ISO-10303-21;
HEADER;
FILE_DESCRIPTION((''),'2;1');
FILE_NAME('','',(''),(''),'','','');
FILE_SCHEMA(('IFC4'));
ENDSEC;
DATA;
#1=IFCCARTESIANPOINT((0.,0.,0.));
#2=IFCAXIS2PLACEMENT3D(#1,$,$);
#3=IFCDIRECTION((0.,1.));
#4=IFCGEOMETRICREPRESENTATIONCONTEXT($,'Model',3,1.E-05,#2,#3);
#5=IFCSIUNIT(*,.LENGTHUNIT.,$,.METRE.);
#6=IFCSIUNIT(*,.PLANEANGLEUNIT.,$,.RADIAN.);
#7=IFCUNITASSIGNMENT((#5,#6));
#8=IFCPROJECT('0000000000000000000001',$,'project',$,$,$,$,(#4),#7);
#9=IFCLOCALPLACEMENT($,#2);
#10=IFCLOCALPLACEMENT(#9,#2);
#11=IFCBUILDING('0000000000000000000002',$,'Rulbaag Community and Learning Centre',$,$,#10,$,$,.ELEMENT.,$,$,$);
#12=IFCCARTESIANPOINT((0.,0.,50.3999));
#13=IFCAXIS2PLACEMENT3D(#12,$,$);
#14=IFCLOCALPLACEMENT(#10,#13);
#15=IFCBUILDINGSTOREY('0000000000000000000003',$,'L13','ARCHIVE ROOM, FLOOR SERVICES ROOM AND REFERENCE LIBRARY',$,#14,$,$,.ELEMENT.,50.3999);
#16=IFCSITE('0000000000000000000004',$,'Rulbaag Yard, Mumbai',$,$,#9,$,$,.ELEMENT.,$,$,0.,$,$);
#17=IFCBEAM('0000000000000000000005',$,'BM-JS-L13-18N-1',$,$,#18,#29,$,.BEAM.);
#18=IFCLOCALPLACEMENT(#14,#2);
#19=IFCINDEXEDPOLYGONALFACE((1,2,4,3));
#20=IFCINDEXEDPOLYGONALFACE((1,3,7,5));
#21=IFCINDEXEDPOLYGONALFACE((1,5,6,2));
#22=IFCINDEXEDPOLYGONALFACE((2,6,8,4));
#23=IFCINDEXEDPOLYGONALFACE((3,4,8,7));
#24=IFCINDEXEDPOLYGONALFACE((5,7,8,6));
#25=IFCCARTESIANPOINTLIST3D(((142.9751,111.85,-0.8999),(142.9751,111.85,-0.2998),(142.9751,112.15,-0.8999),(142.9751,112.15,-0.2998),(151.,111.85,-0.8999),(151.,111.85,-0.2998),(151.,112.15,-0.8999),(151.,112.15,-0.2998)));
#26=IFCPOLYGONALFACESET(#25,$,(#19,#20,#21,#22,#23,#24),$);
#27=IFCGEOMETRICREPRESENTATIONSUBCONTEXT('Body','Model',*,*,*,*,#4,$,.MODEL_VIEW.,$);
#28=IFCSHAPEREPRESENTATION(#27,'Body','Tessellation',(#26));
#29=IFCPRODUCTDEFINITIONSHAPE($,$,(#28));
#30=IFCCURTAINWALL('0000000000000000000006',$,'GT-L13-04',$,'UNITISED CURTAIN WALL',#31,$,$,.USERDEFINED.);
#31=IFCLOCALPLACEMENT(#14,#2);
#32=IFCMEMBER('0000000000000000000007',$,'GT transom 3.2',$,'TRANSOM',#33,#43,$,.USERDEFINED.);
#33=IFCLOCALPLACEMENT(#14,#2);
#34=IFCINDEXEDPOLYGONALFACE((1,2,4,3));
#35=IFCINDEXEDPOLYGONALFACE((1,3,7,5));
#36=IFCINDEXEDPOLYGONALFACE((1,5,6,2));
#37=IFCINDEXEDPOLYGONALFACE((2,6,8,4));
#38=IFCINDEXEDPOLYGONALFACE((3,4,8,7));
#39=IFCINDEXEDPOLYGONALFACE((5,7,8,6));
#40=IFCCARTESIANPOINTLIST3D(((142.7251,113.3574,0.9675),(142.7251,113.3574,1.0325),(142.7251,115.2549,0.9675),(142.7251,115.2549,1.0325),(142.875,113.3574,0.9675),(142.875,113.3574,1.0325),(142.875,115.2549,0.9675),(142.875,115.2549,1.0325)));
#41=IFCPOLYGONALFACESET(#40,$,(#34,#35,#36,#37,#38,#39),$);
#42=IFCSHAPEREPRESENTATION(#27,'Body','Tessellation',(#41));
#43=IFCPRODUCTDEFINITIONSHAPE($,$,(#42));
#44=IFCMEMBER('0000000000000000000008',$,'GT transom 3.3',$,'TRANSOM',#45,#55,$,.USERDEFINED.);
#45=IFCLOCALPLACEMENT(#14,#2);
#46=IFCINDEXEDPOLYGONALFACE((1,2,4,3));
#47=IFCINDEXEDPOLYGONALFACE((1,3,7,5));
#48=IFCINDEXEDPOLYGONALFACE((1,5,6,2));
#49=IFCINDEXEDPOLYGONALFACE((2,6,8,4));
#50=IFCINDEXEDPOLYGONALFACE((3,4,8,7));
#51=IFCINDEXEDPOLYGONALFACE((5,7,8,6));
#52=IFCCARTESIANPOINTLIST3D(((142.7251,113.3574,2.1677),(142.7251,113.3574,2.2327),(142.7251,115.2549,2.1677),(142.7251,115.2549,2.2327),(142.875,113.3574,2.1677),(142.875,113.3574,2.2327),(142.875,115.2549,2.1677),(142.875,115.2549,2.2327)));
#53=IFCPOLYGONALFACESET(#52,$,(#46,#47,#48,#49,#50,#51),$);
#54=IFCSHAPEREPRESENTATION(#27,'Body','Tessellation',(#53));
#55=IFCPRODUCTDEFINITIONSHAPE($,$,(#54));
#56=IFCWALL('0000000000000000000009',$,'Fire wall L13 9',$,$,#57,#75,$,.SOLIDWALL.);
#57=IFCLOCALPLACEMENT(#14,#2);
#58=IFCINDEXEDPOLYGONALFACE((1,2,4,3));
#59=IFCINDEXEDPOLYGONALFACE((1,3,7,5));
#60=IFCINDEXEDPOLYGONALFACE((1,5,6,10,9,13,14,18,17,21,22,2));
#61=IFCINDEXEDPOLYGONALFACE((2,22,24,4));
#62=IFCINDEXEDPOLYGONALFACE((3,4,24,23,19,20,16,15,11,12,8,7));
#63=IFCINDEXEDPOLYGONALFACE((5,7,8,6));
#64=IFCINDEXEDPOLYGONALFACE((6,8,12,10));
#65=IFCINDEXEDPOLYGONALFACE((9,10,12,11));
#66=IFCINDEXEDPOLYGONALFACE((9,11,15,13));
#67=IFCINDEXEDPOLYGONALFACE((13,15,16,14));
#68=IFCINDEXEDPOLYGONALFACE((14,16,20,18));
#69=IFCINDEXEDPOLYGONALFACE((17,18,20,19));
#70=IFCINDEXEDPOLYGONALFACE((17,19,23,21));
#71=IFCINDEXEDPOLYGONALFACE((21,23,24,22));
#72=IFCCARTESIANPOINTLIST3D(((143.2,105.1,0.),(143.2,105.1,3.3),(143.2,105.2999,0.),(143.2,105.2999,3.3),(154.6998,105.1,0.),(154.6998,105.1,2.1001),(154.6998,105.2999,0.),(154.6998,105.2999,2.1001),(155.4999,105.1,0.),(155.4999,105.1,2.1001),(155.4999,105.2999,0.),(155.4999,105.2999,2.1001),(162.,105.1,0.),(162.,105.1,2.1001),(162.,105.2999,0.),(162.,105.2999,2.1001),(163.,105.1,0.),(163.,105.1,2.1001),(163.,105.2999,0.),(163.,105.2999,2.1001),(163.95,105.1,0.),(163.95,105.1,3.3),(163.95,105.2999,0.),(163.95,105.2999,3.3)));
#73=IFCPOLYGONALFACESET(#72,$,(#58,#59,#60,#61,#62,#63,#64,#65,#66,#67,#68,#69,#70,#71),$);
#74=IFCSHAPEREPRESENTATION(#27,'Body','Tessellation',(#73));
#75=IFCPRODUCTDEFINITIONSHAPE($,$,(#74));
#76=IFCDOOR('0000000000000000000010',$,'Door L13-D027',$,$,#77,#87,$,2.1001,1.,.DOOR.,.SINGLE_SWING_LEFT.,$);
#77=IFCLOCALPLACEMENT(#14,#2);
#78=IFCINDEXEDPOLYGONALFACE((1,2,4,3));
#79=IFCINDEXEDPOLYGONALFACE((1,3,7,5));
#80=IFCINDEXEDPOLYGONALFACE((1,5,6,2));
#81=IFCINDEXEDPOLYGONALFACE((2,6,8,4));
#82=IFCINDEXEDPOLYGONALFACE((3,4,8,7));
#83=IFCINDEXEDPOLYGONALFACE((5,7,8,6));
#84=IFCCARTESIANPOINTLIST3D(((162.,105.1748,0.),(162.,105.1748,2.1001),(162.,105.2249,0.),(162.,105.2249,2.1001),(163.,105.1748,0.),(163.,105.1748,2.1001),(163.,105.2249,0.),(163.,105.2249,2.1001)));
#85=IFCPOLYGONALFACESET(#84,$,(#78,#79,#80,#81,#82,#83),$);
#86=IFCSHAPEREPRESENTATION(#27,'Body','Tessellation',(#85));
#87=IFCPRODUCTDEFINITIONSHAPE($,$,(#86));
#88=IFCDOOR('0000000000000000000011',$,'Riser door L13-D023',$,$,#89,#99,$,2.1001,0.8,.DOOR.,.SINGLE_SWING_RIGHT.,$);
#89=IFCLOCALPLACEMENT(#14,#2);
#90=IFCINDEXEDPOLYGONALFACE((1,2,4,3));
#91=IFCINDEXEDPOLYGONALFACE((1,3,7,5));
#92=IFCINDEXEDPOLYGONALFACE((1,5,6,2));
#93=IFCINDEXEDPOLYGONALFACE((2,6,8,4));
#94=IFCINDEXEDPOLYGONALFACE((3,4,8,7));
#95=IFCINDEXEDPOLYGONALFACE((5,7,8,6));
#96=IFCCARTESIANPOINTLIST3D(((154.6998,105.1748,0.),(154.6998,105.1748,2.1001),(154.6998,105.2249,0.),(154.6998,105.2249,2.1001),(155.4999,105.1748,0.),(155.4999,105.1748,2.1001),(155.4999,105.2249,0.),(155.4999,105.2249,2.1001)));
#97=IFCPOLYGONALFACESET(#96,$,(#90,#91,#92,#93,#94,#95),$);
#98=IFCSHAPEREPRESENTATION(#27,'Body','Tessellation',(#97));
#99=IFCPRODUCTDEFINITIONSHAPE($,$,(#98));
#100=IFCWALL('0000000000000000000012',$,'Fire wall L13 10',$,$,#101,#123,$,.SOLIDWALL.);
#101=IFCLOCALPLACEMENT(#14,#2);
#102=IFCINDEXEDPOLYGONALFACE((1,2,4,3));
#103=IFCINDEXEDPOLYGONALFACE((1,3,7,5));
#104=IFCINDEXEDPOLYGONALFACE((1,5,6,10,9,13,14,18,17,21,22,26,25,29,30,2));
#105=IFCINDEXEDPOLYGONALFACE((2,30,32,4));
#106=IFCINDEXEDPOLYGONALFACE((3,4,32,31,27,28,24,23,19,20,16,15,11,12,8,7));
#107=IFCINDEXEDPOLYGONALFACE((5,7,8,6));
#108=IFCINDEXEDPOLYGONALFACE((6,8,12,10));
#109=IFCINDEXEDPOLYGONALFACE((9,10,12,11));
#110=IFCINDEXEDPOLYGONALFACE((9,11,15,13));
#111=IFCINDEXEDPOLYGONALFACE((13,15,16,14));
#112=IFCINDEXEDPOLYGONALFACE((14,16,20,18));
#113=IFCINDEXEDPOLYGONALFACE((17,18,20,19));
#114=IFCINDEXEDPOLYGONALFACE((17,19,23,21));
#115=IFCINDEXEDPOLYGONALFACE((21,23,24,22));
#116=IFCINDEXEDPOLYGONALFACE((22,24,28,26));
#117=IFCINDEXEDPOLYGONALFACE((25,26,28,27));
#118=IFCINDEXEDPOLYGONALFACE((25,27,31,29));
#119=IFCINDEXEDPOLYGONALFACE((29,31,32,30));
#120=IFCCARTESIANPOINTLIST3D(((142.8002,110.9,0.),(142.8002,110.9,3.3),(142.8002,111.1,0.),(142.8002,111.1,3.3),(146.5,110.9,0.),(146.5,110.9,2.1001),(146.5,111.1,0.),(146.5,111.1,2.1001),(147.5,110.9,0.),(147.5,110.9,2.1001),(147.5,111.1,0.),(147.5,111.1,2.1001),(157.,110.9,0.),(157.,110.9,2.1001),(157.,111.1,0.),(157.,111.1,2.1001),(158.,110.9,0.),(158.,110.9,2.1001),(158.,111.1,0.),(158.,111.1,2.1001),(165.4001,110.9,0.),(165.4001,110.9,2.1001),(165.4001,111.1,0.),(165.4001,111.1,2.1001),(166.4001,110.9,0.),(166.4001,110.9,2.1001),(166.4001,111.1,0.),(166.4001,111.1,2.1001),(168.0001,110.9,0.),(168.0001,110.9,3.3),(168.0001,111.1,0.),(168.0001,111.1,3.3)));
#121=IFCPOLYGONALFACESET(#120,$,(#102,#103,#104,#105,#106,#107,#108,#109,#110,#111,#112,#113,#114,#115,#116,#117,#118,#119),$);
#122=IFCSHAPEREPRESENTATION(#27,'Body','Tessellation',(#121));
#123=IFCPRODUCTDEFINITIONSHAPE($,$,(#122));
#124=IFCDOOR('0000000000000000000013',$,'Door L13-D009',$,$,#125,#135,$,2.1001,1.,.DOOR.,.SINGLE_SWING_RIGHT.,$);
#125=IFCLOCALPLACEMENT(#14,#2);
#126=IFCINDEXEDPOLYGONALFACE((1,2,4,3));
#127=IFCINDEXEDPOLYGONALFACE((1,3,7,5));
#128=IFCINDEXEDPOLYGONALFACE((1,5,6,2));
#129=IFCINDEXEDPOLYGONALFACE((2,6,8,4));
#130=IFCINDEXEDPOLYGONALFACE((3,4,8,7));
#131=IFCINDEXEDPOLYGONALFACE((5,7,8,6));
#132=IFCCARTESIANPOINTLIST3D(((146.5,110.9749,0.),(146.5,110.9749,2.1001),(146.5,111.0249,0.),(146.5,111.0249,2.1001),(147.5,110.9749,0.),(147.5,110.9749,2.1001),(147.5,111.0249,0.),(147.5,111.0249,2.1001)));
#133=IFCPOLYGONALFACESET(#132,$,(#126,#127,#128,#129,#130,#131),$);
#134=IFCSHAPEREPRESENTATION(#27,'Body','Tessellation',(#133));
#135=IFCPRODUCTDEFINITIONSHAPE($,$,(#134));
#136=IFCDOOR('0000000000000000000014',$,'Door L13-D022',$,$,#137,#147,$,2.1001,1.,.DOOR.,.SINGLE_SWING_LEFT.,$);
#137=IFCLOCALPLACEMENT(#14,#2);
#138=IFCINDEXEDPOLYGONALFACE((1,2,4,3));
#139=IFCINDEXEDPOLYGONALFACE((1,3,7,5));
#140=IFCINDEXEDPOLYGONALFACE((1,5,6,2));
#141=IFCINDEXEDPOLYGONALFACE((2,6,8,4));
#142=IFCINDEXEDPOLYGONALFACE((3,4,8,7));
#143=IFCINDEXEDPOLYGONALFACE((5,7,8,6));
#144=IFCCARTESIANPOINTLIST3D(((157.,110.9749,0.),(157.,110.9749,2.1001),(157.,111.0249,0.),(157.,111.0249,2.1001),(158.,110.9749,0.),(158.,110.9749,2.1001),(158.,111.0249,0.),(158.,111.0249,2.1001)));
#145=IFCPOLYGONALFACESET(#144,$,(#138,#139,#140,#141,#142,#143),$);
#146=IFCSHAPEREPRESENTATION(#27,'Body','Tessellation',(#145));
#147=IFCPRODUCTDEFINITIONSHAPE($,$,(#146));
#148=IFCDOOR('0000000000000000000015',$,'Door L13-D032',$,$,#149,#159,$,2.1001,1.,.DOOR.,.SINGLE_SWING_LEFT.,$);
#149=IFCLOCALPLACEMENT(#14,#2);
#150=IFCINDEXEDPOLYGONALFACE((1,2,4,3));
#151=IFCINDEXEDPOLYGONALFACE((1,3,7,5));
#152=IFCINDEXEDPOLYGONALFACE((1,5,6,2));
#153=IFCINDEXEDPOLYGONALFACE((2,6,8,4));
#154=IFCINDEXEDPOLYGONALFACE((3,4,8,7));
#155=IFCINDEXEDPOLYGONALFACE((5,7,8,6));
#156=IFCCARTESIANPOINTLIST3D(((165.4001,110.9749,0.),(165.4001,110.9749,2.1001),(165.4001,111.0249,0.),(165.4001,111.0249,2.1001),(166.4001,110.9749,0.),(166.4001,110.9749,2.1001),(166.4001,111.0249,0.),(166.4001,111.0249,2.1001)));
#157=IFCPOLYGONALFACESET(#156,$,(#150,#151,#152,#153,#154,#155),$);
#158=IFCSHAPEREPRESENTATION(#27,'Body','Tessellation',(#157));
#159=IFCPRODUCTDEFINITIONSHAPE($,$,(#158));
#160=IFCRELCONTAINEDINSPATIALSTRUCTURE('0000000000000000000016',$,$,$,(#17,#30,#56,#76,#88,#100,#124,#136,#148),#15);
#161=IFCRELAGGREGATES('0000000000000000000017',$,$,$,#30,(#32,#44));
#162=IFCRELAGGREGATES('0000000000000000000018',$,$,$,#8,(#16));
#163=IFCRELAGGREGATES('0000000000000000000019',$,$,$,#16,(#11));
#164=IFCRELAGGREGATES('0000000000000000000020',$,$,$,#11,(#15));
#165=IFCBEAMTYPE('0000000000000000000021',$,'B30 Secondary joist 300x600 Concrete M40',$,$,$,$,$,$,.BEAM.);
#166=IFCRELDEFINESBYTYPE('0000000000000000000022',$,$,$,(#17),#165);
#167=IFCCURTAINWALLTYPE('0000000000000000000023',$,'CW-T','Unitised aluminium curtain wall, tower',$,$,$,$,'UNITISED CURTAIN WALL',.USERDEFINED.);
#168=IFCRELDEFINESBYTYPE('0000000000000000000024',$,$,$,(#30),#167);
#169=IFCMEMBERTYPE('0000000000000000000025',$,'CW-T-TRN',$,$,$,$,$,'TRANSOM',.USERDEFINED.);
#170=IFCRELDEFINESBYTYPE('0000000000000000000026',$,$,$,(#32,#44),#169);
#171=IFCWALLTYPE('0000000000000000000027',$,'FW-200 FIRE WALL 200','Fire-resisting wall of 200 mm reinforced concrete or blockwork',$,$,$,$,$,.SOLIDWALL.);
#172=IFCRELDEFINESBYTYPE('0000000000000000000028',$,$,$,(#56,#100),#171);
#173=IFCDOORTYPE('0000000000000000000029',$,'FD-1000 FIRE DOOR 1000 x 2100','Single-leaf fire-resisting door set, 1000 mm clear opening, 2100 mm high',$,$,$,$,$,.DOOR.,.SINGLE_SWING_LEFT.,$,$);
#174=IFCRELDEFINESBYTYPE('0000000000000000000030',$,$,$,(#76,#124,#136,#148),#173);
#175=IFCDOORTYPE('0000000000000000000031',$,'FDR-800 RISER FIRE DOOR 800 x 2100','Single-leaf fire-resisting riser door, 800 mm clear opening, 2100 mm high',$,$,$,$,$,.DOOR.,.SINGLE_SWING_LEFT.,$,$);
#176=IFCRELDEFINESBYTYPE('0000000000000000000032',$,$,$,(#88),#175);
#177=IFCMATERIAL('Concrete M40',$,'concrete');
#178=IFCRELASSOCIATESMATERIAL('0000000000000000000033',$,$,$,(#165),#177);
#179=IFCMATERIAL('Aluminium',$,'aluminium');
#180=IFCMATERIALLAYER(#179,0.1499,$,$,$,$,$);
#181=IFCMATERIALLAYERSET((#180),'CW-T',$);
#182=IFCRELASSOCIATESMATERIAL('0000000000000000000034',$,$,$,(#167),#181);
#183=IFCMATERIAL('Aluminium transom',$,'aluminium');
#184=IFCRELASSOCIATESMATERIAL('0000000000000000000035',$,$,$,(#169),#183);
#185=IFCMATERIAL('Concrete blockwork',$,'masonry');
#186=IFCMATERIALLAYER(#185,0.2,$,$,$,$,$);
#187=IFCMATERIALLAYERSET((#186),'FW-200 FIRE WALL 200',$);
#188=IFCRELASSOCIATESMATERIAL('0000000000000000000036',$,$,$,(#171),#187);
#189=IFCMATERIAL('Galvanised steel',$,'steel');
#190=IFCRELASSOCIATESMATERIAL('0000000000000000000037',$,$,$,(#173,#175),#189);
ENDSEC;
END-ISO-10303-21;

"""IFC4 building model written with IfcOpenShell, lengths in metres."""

from ifc_helpers import new_model, si_unit, direction, frame, frame_2d, origin, origin_2d, place, context, subcontext, project, spatial, rectangle, extrude, material, layer, layer_set, material_profile, profile_set, type_object, element, fill, aggregate, save


model = new_model("IFC4")

# Units and contexts
model_context = context("Model", 3, precision=1e-05, world=origin(), true_north=direction((0.0, 1.0)))
body_context = subcontext(model_context, "Body", "Model", "MODEL_VIEW")
ifc_project = project(units=[si_unit("LENGTHUNIT", "METRE"), si_unit("PLANEANGLEUNIT", "RADIAN")], contexts=[model_context])

# Site, building, storey
site_placement = place(None, origin())
site = spatial("IfcSite", under=ifc_project, at=site_placement, Name="Rulbaag Yard, Mumbai", CompositionType="ELEMENT", RefElevation=0.0)
building_placement = place(site_placement, origin())
building = spatial("IfcBuilding", under=site, at=building_placement, Name="Rulbaag Community and Learning Centre", CompositionType="ELEMENT")
storey_placement = place(building_placement, frame((0.0, 0.0, 50.3999)))
storey = spatial("IfcBuildingStorey", under=building, at=storey_placement, Name="L13", Description="ARCHIVE ROOM, FLOOR SERVICES ROOM AND REFERENCE LIBRARY", CompositionType="ELEMENT", Elevation=50.3999)

# Beam
ifc_material_1 = material(Name="Concrete M40", Category="concrete")
ifc_material_profile_1 = material_profile(ifc_material_1, rectangle(XDim=0.3, YDim=0.6001, at=origin_2d()), Name="RB300x600")
ifc_profile_set_1 = profile_set([ifc_material_profile_1], Name="Concrete M40")
beam_type = type_object("IfcBeamType", Name="B30 Secondary joist 300x600 Concrete M40", PredefinedType="BEAM", material=ifc_profile_set_1)
beam_placement = place(storey_placement, frame((142.9751, 112.0, -0.5999), z_axis=(1.0, 0.0, 0.0), x_axis=(0.0, 1.0, 0.0)))
element("IfcBeam", 1, at=beam_placement, inside=storey, type_object=beam_type, Name="BM-JS-L13-18N-1", PredefinedType="BEAM", context=body_context, shape_type="SweptSolid", body=[
    extrude(rectangle(XDim=0.3, YDim=0.6001, at=origin_2d()), origin(), (0.0, 0.0, 1.0), 8.0249),
])

# Curtain wall, members
ifc_material_2 = material(Name="Aluminium", Category="aluminium")
ifc_layer_1 = layer(ifc_material_2, 0.1499)
ifc_layer_set_1 = layer_set([ifc_layer_1], Name="CW-T")
curtain_wall_type = type_object("IfcCurtainWallType", Name="CW-T", Description="Unitised aluminium curtain wall, tower", ElementType="UNITISED CURTAIN WALL", PredefinedType="USERDEFINED", material=ifc_layer_set_1)
curtain_wall_placement = place(storey_placement, origin())
curtain_wall = element("IfcCurtainWall", 2, at=curtain_wall_placement, inside=storey, type_object=curtain_wall_type, Name="GT-L13-04", ObjectType="UNITISED CURTAIN WALL", PredefinedType="USERDEFINED")
ifc_material_3 = material(Name="Aluminium transom", Category="aluminium")
ifc_material_profile_2 = material_profile(ifc_material_3, rectangle(XDim=0.1499, YDim=0.0649, at=origin_2d()), Name="AL 65x150 T")
ifc_profile_set_2 = profile_set([ifc_material_profile_2], Name="Aluminium transom")
member_type = type_object("IfcMemberType", Name="CW-T-TRN", ElementType="TRANSOM", PredefinedType="USERDEFINED", material=ifc_profile_set_2)
member_1_placement = place(storey_placement, frame((142.8, 113.3574, 1.0), z_axis=(0.0, 1.0, 0.0), x_axis=(-1.0, 0.0, 0.0)))
member_1 = element("IfcMember", 3, at=member_1_placement, type_object=member_type, Name="GT transom 3.2", ObjectType="TRANSOM", PredefinedType="USERDEFINED", context=body_context, shape_type="SweptSolid", body=[
    extrude(rectangle(XDim=0.1499, YDim=0.0649, at=origin_2d()), origin(), (0.0, 0.0, 1.0), 1.8975),
])
member_2_placement = place(storey_placement, frame((142.8, 113.3574, 2.2002), z_axis=(0.0, 1.0, 0.0), x_axis=(-1.0, 0.0, 0.0)))
member_2 = element("IfcMember", 4, at=member_2_placement, type_object=member_type, Name="GT transom 3.3", ObjectType="TRANSOM", PredefinedType="USERDEFINED", context=body_context, shape_type="SweptSolid", body=[
    extrude(rectangle(XDim=0.1499, YDim=0.0649, at=origin_2d()), origin(), (0.0, 0.0, 1.0), 1.8975),
])
aggregate(curtain_wall, [member_1, member_2])

# Walls, openings, doors
ifc_material_4 = material(Name="Concrete blockwork", Category="masonry")
ifc_layer_2 = layer(ifc_material_4, 0.2)
ifc_layer_set_2 = layer_set([ifc_layer_2], Name="FW-200 FIRE WALL 200")
wall_type_1 = type_object("IfcWallType", Name="FW-200 FIRE WALL 200", Description="Fire-resisting wall of 200 mm reinforced concrete or blockwork", PredefinedType="SOLIDWALL", material=ifc_layer_set_2)
wall_1_placement = place(storey_placement, frame((143.2, 105.2, 0.0), z_axis=(0.0, 0.0, 1.0), x_axis=(1.0, 0.0, 0.0)))
wall_1 = element("IfcWall", 5, at=wall_1_placement, inside=storey, type_object=wall_type_1, Name="Fire wall L13 9", PredefinedType="SOLIDWALL", context=body_context, shape_type="SweptSolid", body=[
    extrude(rectangle(XDim=20.75, YDim=0.2, at=frame_2d((10.375, 0.0))), origin(), (0.0, 0.0, 1.0), 3.3),
])
opening_1_placement = place(wall_1_placement, frame((11.5, 0.0, 0.0)))
opening_1 = element("IfcOpeningElement", 6, at=opening_1_placement, cuts=wall_1, PredefinedType="OPENING", context=body_context, shape_type="SweptSolid", body=[
    extrude(rectangle(XDim=0.8, YDim=2.1001, at=frame_2d((0.3999, 1.05))), frame((0.0, 0.1099, 0.0), z_axis=(0.0, -1.0, 0.0), x_axis=(1.0, 0.0, 0.0)), (0.0, 0.0, 1.0), 0.22),
])
opening_2_placement = place(wall_1_placement, frame((18.8, 0.0, 0.0)))
opening_2 = element("IfcOpeningElement", 7, at=opening_2_placement, cuts=wall_1, PredefinedType="OPENING", context=body_context, shape_type="SweptSolid", body=[
    extrude(rectangle(XDim=1.0, YDim=2.1001, at=frame_2d((0.5, 1.05))), frame((0.0, 0.1099, 0.0), z_axis=(0.0, -1.0, 0.0), x_axis=(1.0, 0.0, 0.0)), (0.0, 0.0, 1.0), 0.22),
])
ifc_material_5 = material(Name="Galvanised steel", Category="steel")
door_type_1 = type_object("IfcDoorType", Name="FD-1000 FIRE DOOR 1000 x 2100", Description="Single-leaf fire-resisting door set, 1000 mm clear opening, 2100 mm high", OperationType="SINGLE_SWING_LEFT", PredefinedType="DOOR", material=ifc_material_5)
door_1_placement = place(opening_2_placement, origin())
door_1 = element("IfcDoor", 8, at=door_1_placement, inside=storey, type_object=door_type_1, Name="Door L13-D027", OperationType="SINGLE_SWING_LEFT", OverallHeight=2.1001, OverallWidth=1.0, PredefinedType="DOOR", context=body_context, shape_type="SweptSolid", body=[
    extrude(rectangle(XDim=1.0, YDim=2.1001, at=frame_2d((0.5, 1.05))), frame((0.0, 0.0249, 0.0), z_axis=(0.0, -1.0, 0.0), x_axis=(1.0, 0.0, 0.0)), (0.0, 0.0, 1.0), 0.05),
])
fill(opening_2, door_1)
door_type_2 = type_object("IfcDoorType", Name="FDR-800 RISER FIRE DOOR 800 x 2100", Description="Single-leaf fire-resisting riser door, 800 mm clear opening, 2100 mm high", OperationType="SINGLE_SWING_LEFT", PredefinedType="DOOR", material=ifc_material_5)
door_2_placement = place(opening_1_placement, origin())
door_2 = element("IfcDoor", 9, at=door_2_placement, inside=storey, type_object=door_type_2, Name="Riser door L13-D023", OperationType="SINGLE_SWING_RIGHT", OverallHeight=2.1001, OverallWidth=0.8, PredefinedType="DOOR", context=body_context, shape_type="SweptSolid", body=[
    extrude(rectangle(XDim=0.8, YDim=2.1001, at=frame_2d((0.3999, 1.05))), frame((0.0, 0.0249, 0.0), z_axis=(0.0, -1.0, 0.0), x_axis=(1.0, 0.0, 0.0)), (0.0, 0.0, 1.0), 0.05),
])
fill(opening_1, door_2)
wall_2_placement = place(storey_placement, frame((142.8, 111.0, 0.0), z_axis=(0.0, 0.0, 1.0), x_axis=(1.0, 0.0, 0.0)))
wall_2 = element("IfcWall", 10, at=wall_2_placement, inside=storey, type_object=wall_type_1, Name="Fire wall L13 10", PredefinedType="SOLIDWALL", context=body_context, shape_type="SweptSolid", body=[
    extrude(rectangle(XDim=25.2, YDim=0.2, at=frame_2d((12.6001, 0.0))), origin(), (0.0, 0.0, 1.0), 3.3),
])
opening_3_placement = place(wall_2_placement, frame((3.7, 0.0, 0.0)))
opening_3 = element("IfcOpeningElement", 11, at=opening_3_placement, cuts=wall_2, PredefinedType="OPENING", context=body_context, shape_type="SweptSolid", body=[
    extrude(rectangle(XDim=1.0, YDim=2.1001, at=frame_2d((0.5, 1.05))), frame((0.0, 0.1099, 0.0), z_axis=(0.0, -1.0, 0.0), x_axis=(1.0, 0.0, 0.0)), (0.0, 0.0, 1.0), 0.22),
])
opening_4_placement = place(wall_2_placement, frame((14.2, 0.0, 0.0)))
opening_4 = element("IfcOpeningElement", 12, at=opening_4_placement, cuts=wall_2, PredefinedType="OPENING", context=body_context, shape_type="SweptSolid", body=[
    extrude(rectangle(XDim=1.0, YDim=2.1001, at=frame_2d((0.5, 1.05))), frame((0.0, 0.1099, 0.0), z_axis=(0.0, -1.0, 0.0), x_axis=(1.0, 0.0, 0.0)), (0.0, 0.0, 1.0), 0.22),
])
opening_5_placement = place(wall_2_placement, frame((22.6001, 0.0, 0.0)))
opening_5 = element("IfcOpeningElement", 13, at=opening_5_placement, cuts=wall_2, PredefinedType="OPENING", context=body_context, shape_type="SweptSolid", body=[
    extrude(rectangle(XDim=1.0, YDim=2.1001, at=frame_2d((0.5, 1.05))), frame((0.0, 0.1099, 0.0), z_axis=(0.0, -1.0, 0.0), x_axis=(1.0, 0.0, 0.0)), (0.0, 0.0, 1.0), 0.22),
])
door_3_placement = place(opening_3_placement, origin())
door_3 = element("IfcDoor", 14, at=door_3_placement, inside=storey, type_object=door_type_1, Name="Door L13-D009", OperationType="SINGLE_SWING_RIGHT", OverallHeight=2.1001, OverallWidth=1.0, PredefinedType="DOOR", context=body_context, shape_type="SweptSolid", body=[
    extrude(rectangle(XDim=1.0, YDim=2.1001, at=frame_2d((0.5, 1.05))), frame((0.0, 0.0249, 0.0), z_axis=(0.0, -1.0, 0.0), x_axis=(1.0, 0.0, 0.0)), (0.0, 0.0, 1.0), 0.05),
])
fill(opening_3, door_3)
door_4_placement = place(opening_4_placement, origin())
door_4 = element("IfcDoor", 15, at=door_4_placement, inside=storey, type_object=door_type_1, Name="Door L13-D022", OperationType="SINGLE_SWING_LEFT", OverallHeight=2.1001, OverallWidth=1.0, PredefinedType="DOOR", context=body_context, shape_type="SweptSolid", body=[
    extrude(rectangle(XDim=1.0, YDim=2.1001, at=frame_2d((0.5, 1.05))), frame((0.0, 0.0249, 0.0), z_axis=(0.0, -1.0, 0.0), x_axis=(1.0, 0.0, 0.0)), (0.0, 0.0, 1.0), 0.05),
])
fill(opening_4, door_4)
door_5_placement = place(opening_5_placement, origin())
door_5 = element("IfcDoor", 16, at=door_5_placement, inside=storey, type_object=door_type_1, Name="Door L13-D032", OperationType="SINGLE_SWING_LEFT", OverallHeight=2.1001, OverallWidth=1.0, PredefinedType="DOOR", context=body_context, shape_type="SweptSolid", body=[
    extrude(rectangle(XDim=1.0, YDim=2.1001, at=frame_2d((0.5, 1.05))), frame((0.0, 0.0249, 0.0), z_axis=(0.0, -1.0, 0.0), x_axis=(1.0, 0.0, 0.0)), (0.0, 0.0, 1.0), 0.05),
])
fill(opening_5, door_5)

save(model, "model.ifc")
